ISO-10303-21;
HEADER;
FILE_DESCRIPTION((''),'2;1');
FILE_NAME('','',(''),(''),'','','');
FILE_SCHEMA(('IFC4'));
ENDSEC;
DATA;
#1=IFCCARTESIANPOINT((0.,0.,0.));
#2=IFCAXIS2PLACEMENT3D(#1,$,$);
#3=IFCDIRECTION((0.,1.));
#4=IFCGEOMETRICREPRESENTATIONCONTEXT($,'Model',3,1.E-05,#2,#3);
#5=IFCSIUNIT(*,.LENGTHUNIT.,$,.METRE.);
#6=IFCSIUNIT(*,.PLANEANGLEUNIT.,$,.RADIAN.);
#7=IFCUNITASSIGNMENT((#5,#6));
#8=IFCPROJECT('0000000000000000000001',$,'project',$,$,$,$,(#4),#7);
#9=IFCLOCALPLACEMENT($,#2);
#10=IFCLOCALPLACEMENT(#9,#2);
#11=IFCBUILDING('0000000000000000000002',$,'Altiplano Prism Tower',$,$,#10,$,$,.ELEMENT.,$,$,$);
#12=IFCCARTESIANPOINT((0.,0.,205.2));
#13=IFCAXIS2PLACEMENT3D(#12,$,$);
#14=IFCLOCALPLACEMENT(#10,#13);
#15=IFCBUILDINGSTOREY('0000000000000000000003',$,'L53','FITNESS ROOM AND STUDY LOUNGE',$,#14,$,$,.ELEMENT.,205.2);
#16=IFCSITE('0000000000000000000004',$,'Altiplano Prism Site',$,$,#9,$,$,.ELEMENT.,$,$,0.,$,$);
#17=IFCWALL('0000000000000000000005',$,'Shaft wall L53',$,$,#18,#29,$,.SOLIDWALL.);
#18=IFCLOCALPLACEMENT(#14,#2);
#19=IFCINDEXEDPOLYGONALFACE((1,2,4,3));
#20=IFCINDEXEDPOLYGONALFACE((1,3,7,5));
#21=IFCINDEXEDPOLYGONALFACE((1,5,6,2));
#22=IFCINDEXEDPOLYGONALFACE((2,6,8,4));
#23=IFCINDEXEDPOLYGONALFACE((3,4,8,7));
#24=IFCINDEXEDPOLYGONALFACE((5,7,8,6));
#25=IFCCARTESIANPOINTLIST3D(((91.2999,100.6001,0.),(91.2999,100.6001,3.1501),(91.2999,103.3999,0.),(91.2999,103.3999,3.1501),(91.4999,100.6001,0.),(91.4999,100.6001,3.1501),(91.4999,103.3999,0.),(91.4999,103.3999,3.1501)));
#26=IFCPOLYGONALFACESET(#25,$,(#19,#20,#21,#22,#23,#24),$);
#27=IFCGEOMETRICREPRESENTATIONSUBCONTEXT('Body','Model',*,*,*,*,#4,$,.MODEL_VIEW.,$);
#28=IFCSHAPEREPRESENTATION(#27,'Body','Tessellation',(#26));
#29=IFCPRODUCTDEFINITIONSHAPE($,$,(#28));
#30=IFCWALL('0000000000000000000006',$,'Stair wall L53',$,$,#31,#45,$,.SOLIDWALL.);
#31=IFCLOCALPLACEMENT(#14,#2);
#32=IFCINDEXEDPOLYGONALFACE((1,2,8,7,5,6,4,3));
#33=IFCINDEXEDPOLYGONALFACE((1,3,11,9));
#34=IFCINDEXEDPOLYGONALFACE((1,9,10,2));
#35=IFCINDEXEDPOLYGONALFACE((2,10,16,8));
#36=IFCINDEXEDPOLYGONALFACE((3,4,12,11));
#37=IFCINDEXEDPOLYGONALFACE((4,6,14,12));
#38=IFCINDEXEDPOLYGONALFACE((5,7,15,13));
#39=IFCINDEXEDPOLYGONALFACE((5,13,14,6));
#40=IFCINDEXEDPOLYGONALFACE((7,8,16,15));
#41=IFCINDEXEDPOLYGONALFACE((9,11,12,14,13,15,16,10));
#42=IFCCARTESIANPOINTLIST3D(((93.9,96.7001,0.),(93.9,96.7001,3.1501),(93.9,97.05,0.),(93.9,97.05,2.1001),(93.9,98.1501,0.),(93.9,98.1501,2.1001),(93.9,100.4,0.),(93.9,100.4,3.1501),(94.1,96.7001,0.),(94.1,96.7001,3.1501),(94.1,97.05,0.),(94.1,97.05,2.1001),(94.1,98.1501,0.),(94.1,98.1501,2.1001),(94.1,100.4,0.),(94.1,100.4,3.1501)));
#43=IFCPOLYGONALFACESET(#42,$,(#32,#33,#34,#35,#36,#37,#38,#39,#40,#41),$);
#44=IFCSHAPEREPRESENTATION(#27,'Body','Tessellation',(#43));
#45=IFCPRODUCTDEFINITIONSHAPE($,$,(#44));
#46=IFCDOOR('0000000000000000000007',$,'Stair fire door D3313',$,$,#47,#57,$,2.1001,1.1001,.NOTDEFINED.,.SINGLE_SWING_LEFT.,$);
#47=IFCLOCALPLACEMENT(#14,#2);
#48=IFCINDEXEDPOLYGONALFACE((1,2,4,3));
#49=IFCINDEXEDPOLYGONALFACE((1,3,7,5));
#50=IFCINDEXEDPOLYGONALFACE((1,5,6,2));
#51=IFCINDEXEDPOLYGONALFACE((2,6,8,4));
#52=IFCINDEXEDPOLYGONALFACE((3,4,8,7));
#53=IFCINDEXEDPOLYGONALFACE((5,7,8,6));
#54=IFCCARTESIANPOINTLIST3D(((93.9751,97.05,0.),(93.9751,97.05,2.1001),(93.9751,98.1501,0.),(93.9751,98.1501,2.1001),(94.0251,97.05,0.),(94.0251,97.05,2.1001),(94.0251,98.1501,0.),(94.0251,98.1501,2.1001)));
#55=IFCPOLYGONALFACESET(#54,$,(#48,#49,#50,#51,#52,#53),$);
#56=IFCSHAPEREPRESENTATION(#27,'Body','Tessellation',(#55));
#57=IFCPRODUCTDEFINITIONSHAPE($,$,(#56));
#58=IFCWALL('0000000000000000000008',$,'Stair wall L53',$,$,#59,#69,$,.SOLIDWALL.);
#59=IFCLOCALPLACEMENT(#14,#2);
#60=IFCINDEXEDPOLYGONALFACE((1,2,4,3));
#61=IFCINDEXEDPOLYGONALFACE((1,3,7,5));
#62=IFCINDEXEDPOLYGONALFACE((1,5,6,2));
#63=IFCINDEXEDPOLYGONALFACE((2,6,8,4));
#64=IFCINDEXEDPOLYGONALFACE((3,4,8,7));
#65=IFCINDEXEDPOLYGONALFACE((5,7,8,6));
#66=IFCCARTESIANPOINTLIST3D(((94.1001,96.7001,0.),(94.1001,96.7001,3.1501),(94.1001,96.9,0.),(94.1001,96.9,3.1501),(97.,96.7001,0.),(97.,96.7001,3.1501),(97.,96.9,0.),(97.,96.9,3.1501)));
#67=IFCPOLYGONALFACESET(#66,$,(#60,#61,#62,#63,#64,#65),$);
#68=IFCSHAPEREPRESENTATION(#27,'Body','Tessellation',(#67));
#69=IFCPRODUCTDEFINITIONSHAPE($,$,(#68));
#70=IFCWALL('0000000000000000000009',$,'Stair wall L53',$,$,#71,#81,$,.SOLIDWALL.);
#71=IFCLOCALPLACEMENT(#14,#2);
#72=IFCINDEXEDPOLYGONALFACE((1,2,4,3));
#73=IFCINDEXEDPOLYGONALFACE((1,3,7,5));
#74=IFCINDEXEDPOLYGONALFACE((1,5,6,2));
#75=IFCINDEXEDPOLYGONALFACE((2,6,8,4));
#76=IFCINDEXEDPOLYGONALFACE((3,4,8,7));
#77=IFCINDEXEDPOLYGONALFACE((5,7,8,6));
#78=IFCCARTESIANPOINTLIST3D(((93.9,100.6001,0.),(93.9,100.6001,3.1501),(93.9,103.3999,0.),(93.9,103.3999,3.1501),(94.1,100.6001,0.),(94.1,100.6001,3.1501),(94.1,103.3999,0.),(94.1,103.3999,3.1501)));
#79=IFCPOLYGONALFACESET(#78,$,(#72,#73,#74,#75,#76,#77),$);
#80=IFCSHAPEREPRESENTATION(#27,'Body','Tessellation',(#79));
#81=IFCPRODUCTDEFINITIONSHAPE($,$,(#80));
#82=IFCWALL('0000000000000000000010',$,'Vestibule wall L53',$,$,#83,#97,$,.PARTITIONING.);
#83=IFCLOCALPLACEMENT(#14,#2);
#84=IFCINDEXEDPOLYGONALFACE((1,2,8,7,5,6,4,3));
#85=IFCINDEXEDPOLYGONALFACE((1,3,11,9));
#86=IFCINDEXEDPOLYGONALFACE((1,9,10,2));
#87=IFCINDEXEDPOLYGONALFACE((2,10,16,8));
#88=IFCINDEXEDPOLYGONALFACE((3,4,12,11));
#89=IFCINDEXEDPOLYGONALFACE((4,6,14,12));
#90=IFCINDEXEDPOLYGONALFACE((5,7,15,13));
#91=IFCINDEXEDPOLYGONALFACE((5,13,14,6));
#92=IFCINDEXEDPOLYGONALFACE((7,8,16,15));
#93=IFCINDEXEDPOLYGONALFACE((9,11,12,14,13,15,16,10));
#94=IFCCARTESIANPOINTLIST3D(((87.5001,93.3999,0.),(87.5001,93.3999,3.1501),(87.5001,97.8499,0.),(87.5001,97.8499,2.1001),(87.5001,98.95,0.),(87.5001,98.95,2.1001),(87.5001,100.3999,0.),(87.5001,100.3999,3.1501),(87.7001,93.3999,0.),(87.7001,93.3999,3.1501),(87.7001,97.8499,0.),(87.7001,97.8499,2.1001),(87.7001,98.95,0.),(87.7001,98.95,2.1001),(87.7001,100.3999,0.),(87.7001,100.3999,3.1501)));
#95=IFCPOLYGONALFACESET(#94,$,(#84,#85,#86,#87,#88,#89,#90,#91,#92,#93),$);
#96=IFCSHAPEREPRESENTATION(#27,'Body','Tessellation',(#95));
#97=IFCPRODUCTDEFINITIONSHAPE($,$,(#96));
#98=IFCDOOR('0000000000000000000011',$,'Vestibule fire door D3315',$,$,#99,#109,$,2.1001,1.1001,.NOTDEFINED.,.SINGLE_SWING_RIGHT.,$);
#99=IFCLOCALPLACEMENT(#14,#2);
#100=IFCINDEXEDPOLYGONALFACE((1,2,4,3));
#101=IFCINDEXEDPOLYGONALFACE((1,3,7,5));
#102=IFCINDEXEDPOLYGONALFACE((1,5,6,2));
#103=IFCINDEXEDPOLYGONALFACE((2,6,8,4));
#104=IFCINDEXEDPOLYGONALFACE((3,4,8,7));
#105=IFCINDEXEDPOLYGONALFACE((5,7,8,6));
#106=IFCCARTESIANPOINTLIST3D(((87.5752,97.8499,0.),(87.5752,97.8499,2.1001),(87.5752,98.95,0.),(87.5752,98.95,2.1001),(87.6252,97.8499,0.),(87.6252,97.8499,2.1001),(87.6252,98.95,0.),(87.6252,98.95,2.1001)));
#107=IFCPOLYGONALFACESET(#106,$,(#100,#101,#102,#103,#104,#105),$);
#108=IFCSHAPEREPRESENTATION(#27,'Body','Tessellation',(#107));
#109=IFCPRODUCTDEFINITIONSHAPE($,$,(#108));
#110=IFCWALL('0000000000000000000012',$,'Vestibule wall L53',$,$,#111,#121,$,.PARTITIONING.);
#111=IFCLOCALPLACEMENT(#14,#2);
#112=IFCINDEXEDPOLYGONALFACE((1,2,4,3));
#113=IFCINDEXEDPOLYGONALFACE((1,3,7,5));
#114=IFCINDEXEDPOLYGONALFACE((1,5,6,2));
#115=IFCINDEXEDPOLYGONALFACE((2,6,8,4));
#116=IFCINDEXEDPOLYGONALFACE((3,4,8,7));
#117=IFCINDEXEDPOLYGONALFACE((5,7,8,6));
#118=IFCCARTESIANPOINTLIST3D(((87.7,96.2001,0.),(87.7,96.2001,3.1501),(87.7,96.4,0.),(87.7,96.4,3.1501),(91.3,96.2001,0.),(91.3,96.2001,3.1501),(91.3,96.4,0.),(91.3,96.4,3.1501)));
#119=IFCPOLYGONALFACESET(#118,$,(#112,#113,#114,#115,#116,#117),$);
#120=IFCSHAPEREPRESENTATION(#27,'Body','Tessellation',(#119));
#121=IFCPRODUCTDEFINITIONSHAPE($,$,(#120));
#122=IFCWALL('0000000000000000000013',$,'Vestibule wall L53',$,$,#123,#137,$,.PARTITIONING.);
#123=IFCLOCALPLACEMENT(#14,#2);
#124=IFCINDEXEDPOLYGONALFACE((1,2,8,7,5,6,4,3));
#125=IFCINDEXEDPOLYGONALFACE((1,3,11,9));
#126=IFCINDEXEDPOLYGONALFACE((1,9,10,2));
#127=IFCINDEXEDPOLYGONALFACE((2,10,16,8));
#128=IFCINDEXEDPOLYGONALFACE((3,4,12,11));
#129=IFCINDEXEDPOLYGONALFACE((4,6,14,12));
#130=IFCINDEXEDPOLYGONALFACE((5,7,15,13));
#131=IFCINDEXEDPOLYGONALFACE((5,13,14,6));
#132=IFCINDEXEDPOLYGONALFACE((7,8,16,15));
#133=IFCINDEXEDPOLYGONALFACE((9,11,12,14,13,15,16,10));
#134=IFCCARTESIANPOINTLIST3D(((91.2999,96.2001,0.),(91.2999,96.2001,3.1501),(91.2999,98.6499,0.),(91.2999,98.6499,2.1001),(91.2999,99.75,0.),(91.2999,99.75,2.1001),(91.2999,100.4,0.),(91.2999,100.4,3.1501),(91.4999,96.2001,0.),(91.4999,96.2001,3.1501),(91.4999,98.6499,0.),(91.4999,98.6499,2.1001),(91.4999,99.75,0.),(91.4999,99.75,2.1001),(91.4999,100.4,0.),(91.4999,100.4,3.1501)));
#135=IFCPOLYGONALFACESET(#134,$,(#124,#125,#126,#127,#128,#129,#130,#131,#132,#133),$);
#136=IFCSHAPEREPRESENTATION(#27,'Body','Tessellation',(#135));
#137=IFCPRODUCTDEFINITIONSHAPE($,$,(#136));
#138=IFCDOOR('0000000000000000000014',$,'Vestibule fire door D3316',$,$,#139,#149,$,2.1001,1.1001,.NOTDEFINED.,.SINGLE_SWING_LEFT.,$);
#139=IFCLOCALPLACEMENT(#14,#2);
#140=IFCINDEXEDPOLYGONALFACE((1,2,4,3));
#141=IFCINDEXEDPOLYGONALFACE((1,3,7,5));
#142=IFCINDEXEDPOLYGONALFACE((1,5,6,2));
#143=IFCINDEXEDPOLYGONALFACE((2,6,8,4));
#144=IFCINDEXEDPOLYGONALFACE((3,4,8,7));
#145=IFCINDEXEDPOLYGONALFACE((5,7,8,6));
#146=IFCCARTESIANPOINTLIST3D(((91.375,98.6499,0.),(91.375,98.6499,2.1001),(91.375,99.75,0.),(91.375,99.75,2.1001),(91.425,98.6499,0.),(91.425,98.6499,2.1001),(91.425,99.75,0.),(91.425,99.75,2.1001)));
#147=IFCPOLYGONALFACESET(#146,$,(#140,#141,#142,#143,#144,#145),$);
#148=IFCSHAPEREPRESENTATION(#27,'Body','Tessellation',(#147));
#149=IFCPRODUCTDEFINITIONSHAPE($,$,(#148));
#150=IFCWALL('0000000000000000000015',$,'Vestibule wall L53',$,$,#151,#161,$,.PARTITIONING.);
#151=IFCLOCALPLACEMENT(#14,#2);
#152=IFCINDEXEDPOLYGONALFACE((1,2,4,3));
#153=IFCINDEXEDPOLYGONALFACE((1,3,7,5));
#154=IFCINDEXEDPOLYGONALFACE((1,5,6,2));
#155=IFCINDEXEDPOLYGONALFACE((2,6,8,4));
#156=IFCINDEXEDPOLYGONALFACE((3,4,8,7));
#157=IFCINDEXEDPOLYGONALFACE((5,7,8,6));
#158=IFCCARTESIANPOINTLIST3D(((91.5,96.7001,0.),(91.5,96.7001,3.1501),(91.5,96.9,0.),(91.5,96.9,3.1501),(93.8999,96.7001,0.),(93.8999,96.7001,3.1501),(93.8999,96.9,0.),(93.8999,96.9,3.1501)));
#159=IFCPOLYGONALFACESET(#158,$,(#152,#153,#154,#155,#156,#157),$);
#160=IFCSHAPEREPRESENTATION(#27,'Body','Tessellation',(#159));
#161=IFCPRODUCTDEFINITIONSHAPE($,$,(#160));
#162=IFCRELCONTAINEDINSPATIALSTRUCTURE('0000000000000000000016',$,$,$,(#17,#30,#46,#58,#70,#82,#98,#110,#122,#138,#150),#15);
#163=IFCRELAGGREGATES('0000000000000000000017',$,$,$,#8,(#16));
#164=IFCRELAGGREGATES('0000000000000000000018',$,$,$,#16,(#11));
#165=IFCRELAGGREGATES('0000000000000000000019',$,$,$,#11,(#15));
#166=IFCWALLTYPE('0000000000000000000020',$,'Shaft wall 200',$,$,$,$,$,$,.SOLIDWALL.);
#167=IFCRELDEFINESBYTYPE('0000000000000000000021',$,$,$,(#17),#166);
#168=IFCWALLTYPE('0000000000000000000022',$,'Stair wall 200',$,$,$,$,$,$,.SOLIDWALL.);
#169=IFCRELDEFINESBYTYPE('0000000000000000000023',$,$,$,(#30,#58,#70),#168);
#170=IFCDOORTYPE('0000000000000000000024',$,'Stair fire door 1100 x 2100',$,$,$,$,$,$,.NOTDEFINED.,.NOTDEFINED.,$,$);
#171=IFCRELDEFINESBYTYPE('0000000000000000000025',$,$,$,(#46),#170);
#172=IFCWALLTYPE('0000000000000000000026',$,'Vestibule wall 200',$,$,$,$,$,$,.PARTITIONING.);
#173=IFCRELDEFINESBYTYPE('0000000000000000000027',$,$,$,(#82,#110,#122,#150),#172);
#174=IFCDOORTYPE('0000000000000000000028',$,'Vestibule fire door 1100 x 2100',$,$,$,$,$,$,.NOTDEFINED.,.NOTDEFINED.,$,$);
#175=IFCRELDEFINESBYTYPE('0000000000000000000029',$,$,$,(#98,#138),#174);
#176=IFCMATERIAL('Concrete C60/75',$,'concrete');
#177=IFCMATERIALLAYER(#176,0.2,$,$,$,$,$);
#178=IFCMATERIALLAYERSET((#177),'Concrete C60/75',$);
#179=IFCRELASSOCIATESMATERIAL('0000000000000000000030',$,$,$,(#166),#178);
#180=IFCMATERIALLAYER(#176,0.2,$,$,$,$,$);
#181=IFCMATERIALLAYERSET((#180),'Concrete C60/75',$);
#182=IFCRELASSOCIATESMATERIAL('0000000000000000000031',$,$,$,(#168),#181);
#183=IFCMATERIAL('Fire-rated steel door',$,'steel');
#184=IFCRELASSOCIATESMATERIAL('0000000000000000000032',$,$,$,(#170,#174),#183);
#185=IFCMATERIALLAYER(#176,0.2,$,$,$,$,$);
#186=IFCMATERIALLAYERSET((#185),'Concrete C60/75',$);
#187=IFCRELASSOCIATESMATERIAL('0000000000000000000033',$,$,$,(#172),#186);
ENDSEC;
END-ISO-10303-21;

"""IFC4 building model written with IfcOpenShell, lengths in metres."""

from ifc_helpers import new_model, si_unit, direction, frame, frame_2d, origin, place, context, subcontext, project, spatial, rectangle, extrude, material, layer, layer_set, type_object, element, fill, save


model = new_model("IFC4")

# Units and contexts
model_context = context("Model", 3, precision=1e-05, world=origin(), true_north=direction((0.0, 1.0)))
body_context = subcontext(model_context, "Body", "Model", "MODEL_VIEW")
ifc_project = project(units=[si_unit("LENGTHUNIT", "METRE"), si_unit("PLANEANGLEUNIT", "RADIAN")], contexts=[model_context])

# Site, building, storey
site_placement = place(None, origin())
site = spatial("IfcSite", under=ifc_project, at=site_placement, Name="Altiplano Prism Site", CompositionType="ELEMENT", RefElevation=0.0)
building_placement = place(site_placement, origin())
building = spatial("IfcBuilding", under=site, at=building_placement, Name="Altiplano Prism Tower", CompositionType="ELEMENT")
storey_placement = place(building_placement, frame((0.0, 0.0, 205.2)))
storey = spatial("IfcBuildingStorey", under=building, at=storey_placement, Name="L53", Description="FITNESS ROOM AND STUDY LOUNGE", CompositionType="ELEMENT", Elevation=205.2)

# Shared definitions
ifc_material_1 = material(Name="Concrete C60/75", Category="concrete")

# Wall
ifc_layer_1 = layer(ifc_material_1, 0.2)
ifc_layer_set_1 = layer_set([ifc_layer_1], Name="Concrete C60/75")
wall_type_1 = type_object("IfcWallType", Name="Shaft wall 200", PredefinedType="SOLIDWALL", material=ifc_layer_set_1)
for number, where, z_axis, x_axis, name in (
    (1, (91.3999, 100.6001, 0.0), (0.0, 0.0, 1.0), (0.0, 1.0, 0.0), "Shaft wall L53"),
):
    element("IfcWall", number, at=place(storey_placement, frame(where, z_axis=z_axis, x_axis=x_axis)), inside=storey, type_object=wall_type_1, Name=name, PredefinedType="SOLIDWALL", context=body_context, shape_type="SweptSolid", body=[
        extrude(rectangle(XDim=2.7998, YDim=0.2, at=frame_2d((1.3999, 0.0))), origin(), (0.0, 0.0, 1.0), 3.1501),
    ])

# Wall, opening, door
ifc_layer_2 = layer(ifc_material_1, 0.2)
ifc_layer_set_2 = layer_set([ifc_layer_2], Name="Concrete C60/75")
wall_type_2 = type_object("IfcWallType", Name="Stair wall 200", PredefinedType="SOLIDWALL", material=ifc_layer_set_2)
wall_1_placement = place(storey_placement, frame((94.0, 96.7, 0.0), z_axis=(0.0, 0.0, 1.0), x_axis=(0.0, 1.0, 0.0)))
wall_1 = element("IfcWall", 2, at=wall_1_placement, inside=storey, type_object=wall_type_2, Name="Stair wall L53", PredefinedType="SOLIDWALL", context=body_context, shape_type="SweptSolid", body=[
    extrude(rectangle(XDim=3.7, YDim=0.2, at=frame_2d((1.8501, 0.0))), origin(), (0.0, 0.0, 1.0), 3.1501),
])
opening_1_placement = place(wall_1_placement, frame((0.3501, 0.0, 0.0)))
opening_1 = element("IfcOpeningElement", 3, at=opening_1_placement, cuts=wall_1, PredefinedType="OPENING", context=body_context, shape_type="SweptSolid", body=[
    extrude(rectangle(XDim=1.1001, YDim=2.1001, at=frame_2d((0.55, 1.05))), frame((0.0, 0.1104, 0.0), z_axis=(0.0, -1.0, 0.0), x_axis=(1.0, 0.0, 0.0)), (0.0, 0.0, 1.0), 0.2209),
])
ifc_material_2 = material(Name="Fire-rated steel door", Category="steel")
door_type_1 = type_object("IfcDoorType", Name="Stair fire door 1100 x 2100", OperationType="NOTDEFINED", PredefinedType="NOTDEFINED", material=ifc_material_2)
door_1_placement = place(opening_1_placement, origin())
door_1 = element("IfcDoor", 4, at=door_1_placement, inside=storey, type_object=door_type_1, Name="Stair fire door D3313", OperationType="SINGLE_SWING_LEFT", OverallHeight=2.1001, OverallWidth=1.1001, PredefinedType="NOTDEFINED", context=body_context, shape_type="SweptSolid", body=[
    extrude(rectangle(XDim=1.1001, YDim=2.1001, at=frame_2d((0.55, 1.05))), frame((0.0, 0.0249, 0.0), z_axis=(0.0, -1.0, 0.0), x_axis=(1.0, 0.0, 0.0)), (0.0, 0.0, 1.0), 0.05),
])
fill(opening_1, door_1)

# Walls
wall_2_placement = place(storey_placement, frame((94.1001, 96.8, 0.0), z_axis=(0.0, 0.0, 1.0), x_axis=(1.0, 0.0, 0.0)))
element("IfcWall", 5, at=wall_2_placement, inside=storey, type_object=wall_type_2, Name="Stair wall L53", PredefinedType="SOLIDWALL", context=body_context, shape_type="SweptSolid", body=[
    extrude(rectangle(XDim=2.8999, YDim=0.2, at=frame_2d((1.45, 0.0))), origin(), (0.0, 0.0, 1.0), 3.1501),
])
wall_3_placement = place(storey_placement, frame((94.0, 100.6001, 0.0), z_axis=(0.0, 0.0, 1.0), x_axis=(0.0, 1.0, 0.0)))
element("IfcWall", 6, at=wall_3_placement, inside=storey, type_object=wall_type_2, Name="Stair wall L53", PredefinedType="SOLIDWALL", context=body_context, shape_type="SweptSolid", body=[
    extrude(rectangle(XDim=2.7998, YDim=0.2, at=frame_2d((1.3999, 0.0))), origin(), (0.0, 0.0, 1.0), 3.1501),
])

# Wall, opening, door
ifc_layer_3 = layer(ifc_material_1, 0.2)
ifc_layer_set_3 = layer_set([ifc_layer_3], Name="Concrete C60/75")
wall_type_3 = type_object("IfcWallType", Name="Vestibule wall 200", PredefinedType="PARTITIONING", material=ifc_layer_set_3)
wall_4_placement = place(storey_placement, frame((87.6001, 93.3999, 0.0), z_axis=(0.0, 0.0, 1.0), x_axis=(0.0, 1.0, 0.0)))
wall_4 = element("IfcWall", 7, at=wall_4_placement, inside=storey, type_object=wall_type_3, Name="Vestibule wall L53", PredefinedType="PARTITIONING", context=body_context, shape_type="SweptSolid", body=[
    extrude(rectangle(XDim=7.0, YDim=0.2, at=frame_2d((3.5, 0.0))), origin(), (0.0, 0.0, 1.0), 3.1501),
])
opening_2_placement = place(wall_4_placement, frame((4.45, 0.0, 0.0)))
opening_2 = element("IfcOpeningElement", 8, at=opening_2_placement, cuts=wall_4, PredefinedType="OPENING", context=body_context, shape_type="SweptSolid", body=[
    extrude(rectangle(XDim=1.1001, YDim=2.1001, at=frame_2d((0.55, 1.05))), frame((0.0, 0.1104, 0.0), z_axis=(0.0, -1.0, 0.0), x_axis=(1.0, 0.0, 0.0)), (0.0, 0.0, 1.0), 0.2209),
])
door_type_2 = type_object("IfcDoorType", Name="Vestibule fire door 1100 x 2100", OperationType="NOTDEFINED", PredefinedType="NOTDEFINED", material=ifc_material_2)
door_2_placement = place(opening_2_placement, origin())
door_2 = element("IfcDoor", 9, at=door_2_placement, inside=storey, type_object=door_type_2, Name="Vestibule fire door D3315", OperationType="SINGLE_SWING_RIGHT", OverallHeight=2.1001, OverallWidth=1.1001, PredefinedType="NOTDEFINED", context=body_context, shape_type="SweptSolid", body=[
    extrude(rectangle(XDim=1.1001, YDim=2.1001, at=frame_2d((0.55, 1.05))), frame((0.0, 0.0249, 0.0), z_axis=(0.0, -1.0, 0.0), x_axis=(1.0, 0.0, 0.0)), (0.0, 0.0, 1.0), 0.05),
])
fill(opening_2, door_2)

# Wall
wall_5_placement = place(storey_placement, frame((87.7, 96.3, 0.0), z_axis=(0.0, 0.0, 1.0), x_axis=(1.0, 0.0, 0.0)))
element("IfcWall", 10, at=wall_5_placement, inside=storey, type_object=wall_type_3, Name="Vestibule wall L53", PredefinedType="PARTITIONING", context=body_context, shape_type="SweptSolid", body=[
    extrude(rectangle(XDim=3.6001, YDim=0.2, at=frame_2d((1.8, 0.0))), origin(), (0.0, 0.0, 1.0), 3.1501),
])

# Wall, opening, door
wall_6_placement = place(storey_placement, frame((91.3999, 96.2, 0.0), z_axis=(0.0, 0.0, 1.0), x_axis=(0.0, 1.0, 0.0)))
wall_6 = element("IfcWall", 11, at=wall_6_placement, inside=storey, type_object=wall_type_3, Name="Vestibule wall L53", PredefinedType="PARTITIONING", context=body_context, shape_type="SweptSolid", body=[
    extrude(rectangle(XDim=4.2, YDim=0.2, at=frame_2d((2.1001, 0.0))), origin(), (0.0, 0.0, 1.0), 3.1501),
])
opening_3_placement = place(wall_6_placement, frame((2.45, 0.0, 0.0)))
opening_3 = element("IfcOpeningElement", 12, at=opening_3_placement, cuts=wall_6, PredefinedType="OPENING", context=body_context, shape_type="SweptSolid", body=[
    extrude(rectangle(XDim=1.1001, YDim=2.1001, at=frame_2d((0.55, 1.05))), frame((0.0, 0.1104, 0.0), z_axis=(0.0, -1.0, 0.0), x_axis=(1.0, 0.0, 0.0)), (0.0, 0.0, 1.0), 0.2209),
])
door_3_placement = place(opening_3_placement, origin())
door_3 = element("IfcDoor", 13, at=door_3_placement, inside=storey, type_object=door_type_2, Name="Vestibule fire door D3316", OperationType="SINGLE_SWING_LEFT", OverallHeight=2.1001, OverallWidth=1.1001, PredefinedType="NOTDEFINED", context=body_context, shape_type="SweptSolid", body=[
    extrude(rectangle(XDim=1.1001, YDim=2.1001, at=frame_2d((0.55, 1.05))), frame((0.0, 0.0249, 0.0), z_axis=(0.0, -1.0, 0.0), x_axis=(1.0, 0.0, 0.0)), (0.0, 0.0, 1.0), 0.05),
])
fill(opening_3, door_3)

# Wall
wall_7_placement = place(storey_placement, frame((91.5, 96.8, 0.0), z_axis=(0.0, 0.0, 1.0), x_axis=(1.0, 0.0, 0.0)))
element("IfcWall", 14, at=wall_7_placement, inside=storey, type_object=wall_type_3, Name="Vestibule wall L53", PredefinedType="PARTITIONING", context=body_context, shape_type="SweptSolid", body=[
    extrude(rectangle(XDim=2.3999, YDim=0.2, at=frame_2d((1.2, 0.0))), origin(), (0.0, 0.0, 1.0), 3.1501),
])

save(model, "model.ifc")
